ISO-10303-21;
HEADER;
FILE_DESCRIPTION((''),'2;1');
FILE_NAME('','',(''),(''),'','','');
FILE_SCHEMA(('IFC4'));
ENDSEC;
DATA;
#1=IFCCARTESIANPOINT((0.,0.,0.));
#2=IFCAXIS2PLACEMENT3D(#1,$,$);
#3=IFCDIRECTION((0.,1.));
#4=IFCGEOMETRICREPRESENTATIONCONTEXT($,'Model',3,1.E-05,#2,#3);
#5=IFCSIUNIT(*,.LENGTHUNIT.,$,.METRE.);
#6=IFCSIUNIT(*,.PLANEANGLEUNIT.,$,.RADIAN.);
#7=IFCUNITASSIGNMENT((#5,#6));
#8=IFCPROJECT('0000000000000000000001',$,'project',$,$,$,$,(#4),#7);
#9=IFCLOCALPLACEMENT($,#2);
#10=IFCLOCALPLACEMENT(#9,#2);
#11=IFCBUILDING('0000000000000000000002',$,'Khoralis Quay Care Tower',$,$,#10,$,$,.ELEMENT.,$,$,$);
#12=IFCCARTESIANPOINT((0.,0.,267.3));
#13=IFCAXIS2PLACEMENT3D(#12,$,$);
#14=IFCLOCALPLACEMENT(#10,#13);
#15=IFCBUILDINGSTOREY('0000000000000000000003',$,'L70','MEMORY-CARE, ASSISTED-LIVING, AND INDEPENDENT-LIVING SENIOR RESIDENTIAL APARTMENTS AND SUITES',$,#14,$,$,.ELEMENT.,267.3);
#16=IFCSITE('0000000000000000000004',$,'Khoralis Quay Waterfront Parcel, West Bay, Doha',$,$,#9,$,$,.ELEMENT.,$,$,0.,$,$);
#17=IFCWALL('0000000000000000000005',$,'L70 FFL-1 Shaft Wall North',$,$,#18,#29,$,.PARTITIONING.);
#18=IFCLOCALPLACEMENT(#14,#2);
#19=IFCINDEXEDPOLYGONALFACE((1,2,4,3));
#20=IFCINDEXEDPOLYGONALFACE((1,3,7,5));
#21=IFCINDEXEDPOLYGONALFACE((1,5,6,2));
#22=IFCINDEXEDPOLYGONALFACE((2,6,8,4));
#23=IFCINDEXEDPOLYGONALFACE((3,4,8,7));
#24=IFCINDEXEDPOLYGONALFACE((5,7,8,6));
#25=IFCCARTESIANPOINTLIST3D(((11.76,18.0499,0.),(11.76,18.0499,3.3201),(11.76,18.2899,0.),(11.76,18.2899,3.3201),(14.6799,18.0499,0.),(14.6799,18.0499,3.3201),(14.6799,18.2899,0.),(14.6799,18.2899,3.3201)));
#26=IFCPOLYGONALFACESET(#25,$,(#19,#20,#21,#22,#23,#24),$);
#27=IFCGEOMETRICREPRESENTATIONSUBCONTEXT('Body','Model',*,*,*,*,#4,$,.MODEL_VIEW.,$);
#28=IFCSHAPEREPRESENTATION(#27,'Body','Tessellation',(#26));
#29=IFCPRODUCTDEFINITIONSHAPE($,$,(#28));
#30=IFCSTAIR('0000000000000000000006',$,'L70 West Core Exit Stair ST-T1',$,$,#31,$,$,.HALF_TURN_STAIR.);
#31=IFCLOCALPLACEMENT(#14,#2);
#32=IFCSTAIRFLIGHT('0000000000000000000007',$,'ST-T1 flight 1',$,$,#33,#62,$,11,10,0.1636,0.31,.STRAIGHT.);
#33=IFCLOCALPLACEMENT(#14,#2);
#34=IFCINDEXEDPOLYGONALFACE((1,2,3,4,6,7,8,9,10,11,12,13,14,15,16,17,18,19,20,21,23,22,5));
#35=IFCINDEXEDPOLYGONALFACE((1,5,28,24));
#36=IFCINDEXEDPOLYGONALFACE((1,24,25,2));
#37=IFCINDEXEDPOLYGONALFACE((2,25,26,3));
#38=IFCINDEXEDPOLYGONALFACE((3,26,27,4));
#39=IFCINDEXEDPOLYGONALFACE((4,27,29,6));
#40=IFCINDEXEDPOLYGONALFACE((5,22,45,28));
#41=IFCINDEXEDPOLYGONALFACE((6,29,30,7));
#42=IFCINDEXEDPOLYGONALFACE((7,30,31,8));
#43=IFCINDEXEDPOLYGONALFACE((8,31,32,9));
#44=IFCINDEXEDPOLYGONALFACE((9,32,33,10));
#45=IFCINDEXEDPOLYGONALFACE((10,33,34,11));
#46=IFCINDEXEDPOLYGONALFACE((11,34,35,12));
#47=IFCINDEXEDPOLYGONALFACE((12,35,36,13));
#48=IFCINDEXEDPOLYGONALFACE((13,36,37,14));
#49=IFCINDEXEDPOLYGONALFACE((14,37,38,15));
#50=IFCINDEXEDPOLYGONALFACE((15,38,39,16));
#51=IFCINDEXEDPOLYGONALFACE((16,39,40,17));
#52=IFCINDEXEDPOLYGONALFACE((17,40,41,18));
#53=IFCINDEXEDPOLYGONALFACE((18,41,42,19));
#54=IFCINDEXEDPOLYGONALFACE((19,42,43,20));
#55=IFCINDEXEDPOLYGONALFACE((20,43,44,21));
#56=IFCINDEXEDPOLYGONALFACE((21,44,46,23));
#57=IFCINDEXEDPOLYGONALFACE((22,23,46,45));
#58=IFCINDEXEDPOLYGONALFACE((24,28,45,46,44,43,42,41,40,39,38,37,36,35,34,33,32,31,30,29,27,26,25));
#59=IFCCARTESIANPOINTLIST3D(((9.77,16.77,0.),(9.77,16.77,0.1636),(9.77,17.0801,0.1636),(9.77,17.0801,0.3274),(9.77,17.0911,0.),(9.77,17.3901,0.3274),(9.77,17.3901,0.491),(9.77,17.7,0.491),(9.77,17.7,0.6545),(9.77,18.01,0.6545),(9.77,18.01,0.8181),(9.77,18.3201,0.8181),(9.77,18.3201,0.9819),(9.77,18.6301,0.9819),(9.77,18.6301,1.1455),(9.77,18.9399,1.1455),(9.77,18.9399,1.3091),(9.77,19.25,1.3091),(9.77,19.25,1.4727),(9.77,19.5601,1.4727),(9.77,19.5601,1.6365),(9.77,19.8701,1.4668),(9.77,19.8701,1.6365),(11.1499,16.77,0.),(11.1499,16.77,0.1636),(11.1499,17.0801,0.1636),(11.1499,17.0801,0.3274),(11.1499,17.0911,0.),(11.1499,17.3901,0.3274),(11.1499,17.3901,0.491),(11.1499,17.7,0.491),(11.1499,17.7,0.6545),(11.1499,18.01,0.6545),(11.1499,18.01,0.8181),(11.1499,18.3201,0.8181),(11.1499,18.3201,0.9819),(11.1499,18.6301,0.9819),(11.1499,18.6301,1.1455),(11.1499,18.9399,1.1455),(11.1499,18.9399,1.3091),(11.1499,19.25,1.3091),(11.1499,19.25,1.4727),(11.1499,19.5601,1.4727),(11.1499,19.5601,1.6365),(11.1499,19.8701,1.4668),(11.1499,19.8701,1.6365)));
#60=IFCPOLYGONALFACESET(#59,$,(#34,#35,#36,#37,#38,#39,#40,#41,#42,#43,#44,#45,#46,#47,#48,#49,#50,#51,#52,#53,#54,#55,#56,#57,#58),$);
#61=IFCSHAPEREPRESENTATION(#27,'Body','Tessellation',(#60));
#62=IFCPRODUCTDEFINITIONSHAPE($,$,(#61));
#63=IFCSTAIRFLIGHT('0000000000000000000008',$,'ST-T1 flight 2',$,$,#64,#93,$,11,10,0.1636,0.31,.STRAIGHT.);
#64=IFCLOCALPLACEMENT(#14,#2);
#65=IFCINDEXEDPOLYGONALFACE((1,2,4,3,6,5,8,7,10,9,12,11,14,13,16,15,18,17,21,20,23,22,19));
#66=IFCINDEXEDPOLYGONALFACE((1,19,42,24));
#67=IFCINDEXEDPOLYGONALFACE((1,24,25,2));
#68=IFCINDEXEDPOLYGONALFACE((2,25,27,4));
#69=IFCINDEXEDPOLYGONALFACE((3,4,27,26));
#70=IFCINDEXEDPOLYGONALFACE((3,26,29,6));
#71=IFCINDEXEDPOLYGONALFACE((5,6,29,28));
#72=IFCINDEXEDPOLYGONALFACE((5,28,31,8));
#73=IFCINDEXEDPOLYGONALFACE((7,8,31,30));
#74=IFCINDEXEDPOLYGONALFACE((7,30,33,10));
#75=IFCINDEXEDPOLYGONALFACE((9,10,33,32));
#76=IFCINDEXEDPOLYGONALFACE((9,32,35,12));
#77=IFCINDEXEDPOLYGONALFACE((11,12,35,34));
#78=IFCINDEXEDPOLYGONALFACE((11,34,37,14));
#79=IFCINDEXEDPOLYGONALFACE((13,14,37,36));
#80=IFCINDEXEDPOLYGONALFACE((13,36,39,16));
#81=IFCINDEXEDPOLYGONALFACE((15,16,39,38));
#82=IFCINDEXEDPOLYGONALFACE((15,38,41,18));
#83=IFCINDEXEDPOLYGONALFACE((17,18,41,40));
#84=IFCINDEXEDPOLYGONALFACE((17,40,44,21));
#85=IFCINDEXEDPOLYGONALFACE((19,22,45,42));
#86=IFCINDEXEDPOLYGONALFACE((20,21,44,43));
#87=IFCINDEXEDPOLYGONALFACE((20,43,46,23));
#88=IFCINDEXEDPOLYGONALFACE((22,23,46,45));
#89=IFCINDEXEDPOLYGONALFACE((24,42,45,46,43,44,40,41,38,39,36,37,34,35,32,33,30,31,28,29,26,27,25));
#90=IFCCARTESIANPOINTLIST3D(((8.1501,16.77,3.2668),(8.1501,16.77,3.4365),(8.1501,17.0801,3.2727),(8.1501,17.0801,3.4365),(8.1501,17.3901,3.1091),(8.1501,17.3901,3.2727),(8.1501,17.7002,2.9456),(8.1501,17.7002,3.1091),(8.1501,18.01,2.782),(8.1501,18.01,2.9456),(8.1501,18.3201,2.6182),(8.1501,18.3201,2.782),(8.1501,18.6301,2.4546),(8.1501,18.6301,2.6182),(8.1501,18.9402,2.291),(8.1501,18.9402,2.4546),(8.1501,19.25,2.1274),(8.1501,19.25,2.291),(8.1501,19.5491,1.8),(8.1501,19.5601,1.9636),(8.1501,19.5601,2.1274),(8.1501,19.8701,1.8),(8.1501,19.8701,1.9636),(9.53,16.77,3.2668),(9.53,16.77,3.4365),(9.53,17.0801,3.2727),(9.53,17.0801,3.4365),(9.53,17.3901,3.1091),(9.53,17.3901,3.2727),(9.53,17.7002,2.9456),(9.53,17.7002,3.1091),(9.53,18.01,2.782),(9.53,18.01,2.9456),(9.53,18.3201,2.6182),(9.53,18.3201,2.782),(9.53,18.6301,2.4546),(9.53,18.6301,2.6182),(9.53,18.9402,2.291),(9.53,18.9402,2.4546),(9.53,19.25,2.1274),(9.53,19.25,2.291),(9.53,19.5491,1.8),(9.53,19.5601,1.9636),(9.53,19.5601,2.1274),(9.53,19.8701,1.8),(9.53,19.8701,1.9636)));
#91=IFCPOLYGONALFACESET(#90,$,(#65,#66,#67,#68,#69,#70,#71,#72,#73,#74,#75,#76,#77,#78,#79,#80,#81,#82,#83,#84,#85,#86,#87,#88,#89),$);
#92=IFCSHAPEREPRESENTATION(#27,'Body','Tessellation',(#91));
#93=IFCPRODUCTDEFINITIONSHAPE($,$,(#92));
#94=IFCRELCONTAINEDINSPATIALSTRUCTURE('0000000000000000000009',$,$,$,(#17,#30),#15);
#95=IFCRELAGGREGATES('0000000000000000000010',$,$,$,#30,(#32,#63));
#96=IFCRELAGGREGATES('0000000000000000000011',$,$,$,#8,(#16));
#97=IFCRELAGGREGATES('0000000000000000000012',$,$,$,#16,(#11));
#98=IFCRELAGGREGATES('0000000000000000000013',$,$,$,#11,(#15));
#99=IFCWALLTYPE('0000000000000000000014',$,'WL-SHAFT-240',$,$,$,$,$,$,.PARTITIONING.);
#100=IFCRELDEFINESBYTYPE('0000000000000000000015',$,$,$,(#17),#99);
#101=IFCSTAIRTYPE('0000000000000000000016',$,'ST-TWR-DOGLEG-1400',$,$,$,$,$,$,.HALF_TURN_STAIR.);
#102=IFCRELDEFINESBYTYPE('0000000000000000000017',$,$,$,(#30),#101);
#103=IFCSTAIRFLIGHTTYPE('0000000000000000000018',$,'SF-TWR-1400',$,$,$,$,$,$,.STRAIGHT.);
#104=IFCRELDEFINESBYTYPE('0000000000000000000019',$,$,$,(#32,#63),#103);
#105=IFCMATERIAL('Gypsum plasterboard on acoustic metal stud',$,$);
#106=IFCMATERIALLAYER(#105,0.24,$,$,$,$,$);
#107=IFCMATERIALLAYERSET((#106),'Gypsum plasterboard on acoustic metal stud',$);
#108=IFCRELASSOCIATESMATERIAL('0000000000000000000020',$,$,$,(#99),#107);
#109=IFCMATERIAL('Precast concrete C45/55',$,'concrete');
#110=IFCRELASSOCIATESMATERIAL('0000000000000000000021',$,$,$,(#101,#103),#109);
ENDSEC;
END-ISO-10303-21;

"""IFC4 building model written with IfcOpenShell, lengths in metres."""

from ifc_helpers import new_model, si_unit, direction, frame, frame_2d, origin, place, context, subcontext, project, spatial, polyline, rectangle, outline, extrude, source, transform, mapped, material, layer, layer_set, type_object, element, aggregate, save


model = new_model("IFC4")

# Units and contexts
model_context = context("Model", 3, precision=1e-05, world=origin(), true_north=direction((0.0, 1.0)))
body_context = subcontext(model_context, "Body", "Model", "MODEL_VIEW")
ifc_project = project(units=[si_unit("LENGTHUNIT", "METRE"), si_unit("PLANEANGLEUNIT", "RADIAN")], contexts=[model_context])

# Site, building, storey
site_placement = place(None, origin())
site = spatial("IfcSite", under=ifc_project, at=site_placement, Name="Khoralis Quay Waterfront Parcel, West Bay, Doha", CompositionType="ELEMENT", RefElevation=0.0)
building_placement = place(site_placement, origin())
building = spatial("IfcBuilding", under=site, at=building_placement, Name="Khoralis Quay Care Tower", CompositionType="ELEMENT")
storey_placement = place(building_placement, frame((0.0, 0.0, 267.3)))
storey = spatial("IfcBuildingStorey", under=building, at=storey_placement, Name="L70", Description="MEMORY-CARE, ASSISTED-LIVING, AND INDEPENDENT-LIVING SENIOR RESIDENTIAL APARTMENTS AND SUITES", CompositionType="ELEMENT", Elevation=267.3)

# Shared definitions
ifc_material_1 = material(Name="Gypsum plasterboard on acoustic metal stud")

# Wall
ifc_layer_1 = layer(ifc_material_1, 0.24)
ifc_layer_set_1 = layer_set([ifc_layer_1], Name="Gypsum plasterboard on acoustic metal stud")
wall_type_1 = type_object("IfcWallType", Name="WL-SHAFT-240", PredefinedType="PARTITIONING", material=ifc_layer_set_1)
wall_1_placement = place(storey_placement, frame((11.76, 18.1699, 0.0), z_axis=(0.0, 0.0, 1.0), x_axis=(1.0, 0.0, 0.0)))
element("IfcWall", 1, at=wall_1_placement, inside=storey, type_object=wall_type_1, Name="L70 FFL-1 Shaft Wall North", PredefinedType="PARTITIONING", context=body_context, shape_type="SweptSolid", body=[
    extrude(rectangle(XDim=2.9199, YDim=0.24, at=frame_2d((1.46, 0.0))), origin(), (0.0, 0.0, 1.0), 3.3201),
])

# Stair, stair flights
ifc_material_2 = material(Name="Precast concrete C45/55", Category="concrete")
stair_type = type_object("IfcStairType", Name="ST-TWR-DOGLEG-1400", PredefinedType="HALF_TURN_STAIR", material=ifc_material_2)
stair_placement = place(storey_placement, origin())
stair = element("IfcStair", 2, at=stair_placement, inside=storey, type_object=stair_type, Name="L70 West Core Exit Stair ST-T1", PredefinedType="HALF_TURN_STAIR")
stair_flight_type = type_object("IfcStairFlightType", Name="SF-TWR-1400", PredefinedType="STRAIGHT", material=ifc_material_2)
shared_shape_1 = source(origin(), body_context, "Body", "SweptSolid", [
    extrude(outline(polyline([(0.0, 0.0), (0.0, 0.1636), (0.3101, 0.1636), (0.3101, 0.3274), (0.6201, 0.3274), (0.6201, 0.491), (0.9299, 0.491), (0.9299, 0.6545), (1.24, 0.6545), (1.24, 0.8181), (1.55, 0.8181), (1.55, 0.9819), (1.8601, 0.9819), (1.8601, 1.1455), (2.1699, 1.1455), (2.1699, 1.3091), (2.48, 1.3091), (2.48, 1.4727), (2.79, 1.4727), (2.79, 1.6365), (3.1001, 1.6365), (3.1001, 1.8), (3.1001, 1.4668), (0.321, 0.0), (0.0, 0.0)])), frame((0.0, 0.6899, 0.0), z_axis=(0.0, -1.0, 0.0), x_axis=(1.0, 0.0, 0.0)), (0.0, 0.0, 1.0), 1.3799),
])
stair_flight_1_placement = place(storey_placement, frame((10.46, 16.77, 0.0), z_axis=(0.0, 0.0, 1.0), x_axis=(0.0, 1.0, 0.0)))
stair_flight_1 = element("IfcStairFlight", 3, at=stair_flight_1_placement, type_object=stair_flight_type, Name="ST-T1 flight 1", NumberOfRisers=11, NumberOfTreads=10, PredefinedType="STRAIGHT", RiserHeight=0.1636, TreadLength=0.31, context=body_context, shape_type="MappedRepresentation", body=[
    mapped(shared_shape_1, transform((0.0, 0.0, 0.0), scale=1.0)),
])
stair_flight_2_placement = place(storey_placement, frame((8.8401, 19.8701, 1.8), z_axis=(0.0, 0.0, 1.0), x_axis=(0.0, -1.0, 0.0)))
stair_flight_2 = element("IfcStairFlight", 4, at=stair_flight_2_placement, type_object=stair_flight_type, Name="ST-T1 flight 2", NumberOfRisers=11, NumberOfTreads=10, PredefinedType="STRAIGHT", RiserHeight=0.1636, TreadLength=0.31, context=body_context, shape_type="MappedRepresentation", body=[
    mapped(shared_shape_1, transform((0.0, 0.0, 0.0), scale=1.0)),
])
aggregate(stair, [stair_flight_1, stair_flight_2])

save(model, "model.ifc")
